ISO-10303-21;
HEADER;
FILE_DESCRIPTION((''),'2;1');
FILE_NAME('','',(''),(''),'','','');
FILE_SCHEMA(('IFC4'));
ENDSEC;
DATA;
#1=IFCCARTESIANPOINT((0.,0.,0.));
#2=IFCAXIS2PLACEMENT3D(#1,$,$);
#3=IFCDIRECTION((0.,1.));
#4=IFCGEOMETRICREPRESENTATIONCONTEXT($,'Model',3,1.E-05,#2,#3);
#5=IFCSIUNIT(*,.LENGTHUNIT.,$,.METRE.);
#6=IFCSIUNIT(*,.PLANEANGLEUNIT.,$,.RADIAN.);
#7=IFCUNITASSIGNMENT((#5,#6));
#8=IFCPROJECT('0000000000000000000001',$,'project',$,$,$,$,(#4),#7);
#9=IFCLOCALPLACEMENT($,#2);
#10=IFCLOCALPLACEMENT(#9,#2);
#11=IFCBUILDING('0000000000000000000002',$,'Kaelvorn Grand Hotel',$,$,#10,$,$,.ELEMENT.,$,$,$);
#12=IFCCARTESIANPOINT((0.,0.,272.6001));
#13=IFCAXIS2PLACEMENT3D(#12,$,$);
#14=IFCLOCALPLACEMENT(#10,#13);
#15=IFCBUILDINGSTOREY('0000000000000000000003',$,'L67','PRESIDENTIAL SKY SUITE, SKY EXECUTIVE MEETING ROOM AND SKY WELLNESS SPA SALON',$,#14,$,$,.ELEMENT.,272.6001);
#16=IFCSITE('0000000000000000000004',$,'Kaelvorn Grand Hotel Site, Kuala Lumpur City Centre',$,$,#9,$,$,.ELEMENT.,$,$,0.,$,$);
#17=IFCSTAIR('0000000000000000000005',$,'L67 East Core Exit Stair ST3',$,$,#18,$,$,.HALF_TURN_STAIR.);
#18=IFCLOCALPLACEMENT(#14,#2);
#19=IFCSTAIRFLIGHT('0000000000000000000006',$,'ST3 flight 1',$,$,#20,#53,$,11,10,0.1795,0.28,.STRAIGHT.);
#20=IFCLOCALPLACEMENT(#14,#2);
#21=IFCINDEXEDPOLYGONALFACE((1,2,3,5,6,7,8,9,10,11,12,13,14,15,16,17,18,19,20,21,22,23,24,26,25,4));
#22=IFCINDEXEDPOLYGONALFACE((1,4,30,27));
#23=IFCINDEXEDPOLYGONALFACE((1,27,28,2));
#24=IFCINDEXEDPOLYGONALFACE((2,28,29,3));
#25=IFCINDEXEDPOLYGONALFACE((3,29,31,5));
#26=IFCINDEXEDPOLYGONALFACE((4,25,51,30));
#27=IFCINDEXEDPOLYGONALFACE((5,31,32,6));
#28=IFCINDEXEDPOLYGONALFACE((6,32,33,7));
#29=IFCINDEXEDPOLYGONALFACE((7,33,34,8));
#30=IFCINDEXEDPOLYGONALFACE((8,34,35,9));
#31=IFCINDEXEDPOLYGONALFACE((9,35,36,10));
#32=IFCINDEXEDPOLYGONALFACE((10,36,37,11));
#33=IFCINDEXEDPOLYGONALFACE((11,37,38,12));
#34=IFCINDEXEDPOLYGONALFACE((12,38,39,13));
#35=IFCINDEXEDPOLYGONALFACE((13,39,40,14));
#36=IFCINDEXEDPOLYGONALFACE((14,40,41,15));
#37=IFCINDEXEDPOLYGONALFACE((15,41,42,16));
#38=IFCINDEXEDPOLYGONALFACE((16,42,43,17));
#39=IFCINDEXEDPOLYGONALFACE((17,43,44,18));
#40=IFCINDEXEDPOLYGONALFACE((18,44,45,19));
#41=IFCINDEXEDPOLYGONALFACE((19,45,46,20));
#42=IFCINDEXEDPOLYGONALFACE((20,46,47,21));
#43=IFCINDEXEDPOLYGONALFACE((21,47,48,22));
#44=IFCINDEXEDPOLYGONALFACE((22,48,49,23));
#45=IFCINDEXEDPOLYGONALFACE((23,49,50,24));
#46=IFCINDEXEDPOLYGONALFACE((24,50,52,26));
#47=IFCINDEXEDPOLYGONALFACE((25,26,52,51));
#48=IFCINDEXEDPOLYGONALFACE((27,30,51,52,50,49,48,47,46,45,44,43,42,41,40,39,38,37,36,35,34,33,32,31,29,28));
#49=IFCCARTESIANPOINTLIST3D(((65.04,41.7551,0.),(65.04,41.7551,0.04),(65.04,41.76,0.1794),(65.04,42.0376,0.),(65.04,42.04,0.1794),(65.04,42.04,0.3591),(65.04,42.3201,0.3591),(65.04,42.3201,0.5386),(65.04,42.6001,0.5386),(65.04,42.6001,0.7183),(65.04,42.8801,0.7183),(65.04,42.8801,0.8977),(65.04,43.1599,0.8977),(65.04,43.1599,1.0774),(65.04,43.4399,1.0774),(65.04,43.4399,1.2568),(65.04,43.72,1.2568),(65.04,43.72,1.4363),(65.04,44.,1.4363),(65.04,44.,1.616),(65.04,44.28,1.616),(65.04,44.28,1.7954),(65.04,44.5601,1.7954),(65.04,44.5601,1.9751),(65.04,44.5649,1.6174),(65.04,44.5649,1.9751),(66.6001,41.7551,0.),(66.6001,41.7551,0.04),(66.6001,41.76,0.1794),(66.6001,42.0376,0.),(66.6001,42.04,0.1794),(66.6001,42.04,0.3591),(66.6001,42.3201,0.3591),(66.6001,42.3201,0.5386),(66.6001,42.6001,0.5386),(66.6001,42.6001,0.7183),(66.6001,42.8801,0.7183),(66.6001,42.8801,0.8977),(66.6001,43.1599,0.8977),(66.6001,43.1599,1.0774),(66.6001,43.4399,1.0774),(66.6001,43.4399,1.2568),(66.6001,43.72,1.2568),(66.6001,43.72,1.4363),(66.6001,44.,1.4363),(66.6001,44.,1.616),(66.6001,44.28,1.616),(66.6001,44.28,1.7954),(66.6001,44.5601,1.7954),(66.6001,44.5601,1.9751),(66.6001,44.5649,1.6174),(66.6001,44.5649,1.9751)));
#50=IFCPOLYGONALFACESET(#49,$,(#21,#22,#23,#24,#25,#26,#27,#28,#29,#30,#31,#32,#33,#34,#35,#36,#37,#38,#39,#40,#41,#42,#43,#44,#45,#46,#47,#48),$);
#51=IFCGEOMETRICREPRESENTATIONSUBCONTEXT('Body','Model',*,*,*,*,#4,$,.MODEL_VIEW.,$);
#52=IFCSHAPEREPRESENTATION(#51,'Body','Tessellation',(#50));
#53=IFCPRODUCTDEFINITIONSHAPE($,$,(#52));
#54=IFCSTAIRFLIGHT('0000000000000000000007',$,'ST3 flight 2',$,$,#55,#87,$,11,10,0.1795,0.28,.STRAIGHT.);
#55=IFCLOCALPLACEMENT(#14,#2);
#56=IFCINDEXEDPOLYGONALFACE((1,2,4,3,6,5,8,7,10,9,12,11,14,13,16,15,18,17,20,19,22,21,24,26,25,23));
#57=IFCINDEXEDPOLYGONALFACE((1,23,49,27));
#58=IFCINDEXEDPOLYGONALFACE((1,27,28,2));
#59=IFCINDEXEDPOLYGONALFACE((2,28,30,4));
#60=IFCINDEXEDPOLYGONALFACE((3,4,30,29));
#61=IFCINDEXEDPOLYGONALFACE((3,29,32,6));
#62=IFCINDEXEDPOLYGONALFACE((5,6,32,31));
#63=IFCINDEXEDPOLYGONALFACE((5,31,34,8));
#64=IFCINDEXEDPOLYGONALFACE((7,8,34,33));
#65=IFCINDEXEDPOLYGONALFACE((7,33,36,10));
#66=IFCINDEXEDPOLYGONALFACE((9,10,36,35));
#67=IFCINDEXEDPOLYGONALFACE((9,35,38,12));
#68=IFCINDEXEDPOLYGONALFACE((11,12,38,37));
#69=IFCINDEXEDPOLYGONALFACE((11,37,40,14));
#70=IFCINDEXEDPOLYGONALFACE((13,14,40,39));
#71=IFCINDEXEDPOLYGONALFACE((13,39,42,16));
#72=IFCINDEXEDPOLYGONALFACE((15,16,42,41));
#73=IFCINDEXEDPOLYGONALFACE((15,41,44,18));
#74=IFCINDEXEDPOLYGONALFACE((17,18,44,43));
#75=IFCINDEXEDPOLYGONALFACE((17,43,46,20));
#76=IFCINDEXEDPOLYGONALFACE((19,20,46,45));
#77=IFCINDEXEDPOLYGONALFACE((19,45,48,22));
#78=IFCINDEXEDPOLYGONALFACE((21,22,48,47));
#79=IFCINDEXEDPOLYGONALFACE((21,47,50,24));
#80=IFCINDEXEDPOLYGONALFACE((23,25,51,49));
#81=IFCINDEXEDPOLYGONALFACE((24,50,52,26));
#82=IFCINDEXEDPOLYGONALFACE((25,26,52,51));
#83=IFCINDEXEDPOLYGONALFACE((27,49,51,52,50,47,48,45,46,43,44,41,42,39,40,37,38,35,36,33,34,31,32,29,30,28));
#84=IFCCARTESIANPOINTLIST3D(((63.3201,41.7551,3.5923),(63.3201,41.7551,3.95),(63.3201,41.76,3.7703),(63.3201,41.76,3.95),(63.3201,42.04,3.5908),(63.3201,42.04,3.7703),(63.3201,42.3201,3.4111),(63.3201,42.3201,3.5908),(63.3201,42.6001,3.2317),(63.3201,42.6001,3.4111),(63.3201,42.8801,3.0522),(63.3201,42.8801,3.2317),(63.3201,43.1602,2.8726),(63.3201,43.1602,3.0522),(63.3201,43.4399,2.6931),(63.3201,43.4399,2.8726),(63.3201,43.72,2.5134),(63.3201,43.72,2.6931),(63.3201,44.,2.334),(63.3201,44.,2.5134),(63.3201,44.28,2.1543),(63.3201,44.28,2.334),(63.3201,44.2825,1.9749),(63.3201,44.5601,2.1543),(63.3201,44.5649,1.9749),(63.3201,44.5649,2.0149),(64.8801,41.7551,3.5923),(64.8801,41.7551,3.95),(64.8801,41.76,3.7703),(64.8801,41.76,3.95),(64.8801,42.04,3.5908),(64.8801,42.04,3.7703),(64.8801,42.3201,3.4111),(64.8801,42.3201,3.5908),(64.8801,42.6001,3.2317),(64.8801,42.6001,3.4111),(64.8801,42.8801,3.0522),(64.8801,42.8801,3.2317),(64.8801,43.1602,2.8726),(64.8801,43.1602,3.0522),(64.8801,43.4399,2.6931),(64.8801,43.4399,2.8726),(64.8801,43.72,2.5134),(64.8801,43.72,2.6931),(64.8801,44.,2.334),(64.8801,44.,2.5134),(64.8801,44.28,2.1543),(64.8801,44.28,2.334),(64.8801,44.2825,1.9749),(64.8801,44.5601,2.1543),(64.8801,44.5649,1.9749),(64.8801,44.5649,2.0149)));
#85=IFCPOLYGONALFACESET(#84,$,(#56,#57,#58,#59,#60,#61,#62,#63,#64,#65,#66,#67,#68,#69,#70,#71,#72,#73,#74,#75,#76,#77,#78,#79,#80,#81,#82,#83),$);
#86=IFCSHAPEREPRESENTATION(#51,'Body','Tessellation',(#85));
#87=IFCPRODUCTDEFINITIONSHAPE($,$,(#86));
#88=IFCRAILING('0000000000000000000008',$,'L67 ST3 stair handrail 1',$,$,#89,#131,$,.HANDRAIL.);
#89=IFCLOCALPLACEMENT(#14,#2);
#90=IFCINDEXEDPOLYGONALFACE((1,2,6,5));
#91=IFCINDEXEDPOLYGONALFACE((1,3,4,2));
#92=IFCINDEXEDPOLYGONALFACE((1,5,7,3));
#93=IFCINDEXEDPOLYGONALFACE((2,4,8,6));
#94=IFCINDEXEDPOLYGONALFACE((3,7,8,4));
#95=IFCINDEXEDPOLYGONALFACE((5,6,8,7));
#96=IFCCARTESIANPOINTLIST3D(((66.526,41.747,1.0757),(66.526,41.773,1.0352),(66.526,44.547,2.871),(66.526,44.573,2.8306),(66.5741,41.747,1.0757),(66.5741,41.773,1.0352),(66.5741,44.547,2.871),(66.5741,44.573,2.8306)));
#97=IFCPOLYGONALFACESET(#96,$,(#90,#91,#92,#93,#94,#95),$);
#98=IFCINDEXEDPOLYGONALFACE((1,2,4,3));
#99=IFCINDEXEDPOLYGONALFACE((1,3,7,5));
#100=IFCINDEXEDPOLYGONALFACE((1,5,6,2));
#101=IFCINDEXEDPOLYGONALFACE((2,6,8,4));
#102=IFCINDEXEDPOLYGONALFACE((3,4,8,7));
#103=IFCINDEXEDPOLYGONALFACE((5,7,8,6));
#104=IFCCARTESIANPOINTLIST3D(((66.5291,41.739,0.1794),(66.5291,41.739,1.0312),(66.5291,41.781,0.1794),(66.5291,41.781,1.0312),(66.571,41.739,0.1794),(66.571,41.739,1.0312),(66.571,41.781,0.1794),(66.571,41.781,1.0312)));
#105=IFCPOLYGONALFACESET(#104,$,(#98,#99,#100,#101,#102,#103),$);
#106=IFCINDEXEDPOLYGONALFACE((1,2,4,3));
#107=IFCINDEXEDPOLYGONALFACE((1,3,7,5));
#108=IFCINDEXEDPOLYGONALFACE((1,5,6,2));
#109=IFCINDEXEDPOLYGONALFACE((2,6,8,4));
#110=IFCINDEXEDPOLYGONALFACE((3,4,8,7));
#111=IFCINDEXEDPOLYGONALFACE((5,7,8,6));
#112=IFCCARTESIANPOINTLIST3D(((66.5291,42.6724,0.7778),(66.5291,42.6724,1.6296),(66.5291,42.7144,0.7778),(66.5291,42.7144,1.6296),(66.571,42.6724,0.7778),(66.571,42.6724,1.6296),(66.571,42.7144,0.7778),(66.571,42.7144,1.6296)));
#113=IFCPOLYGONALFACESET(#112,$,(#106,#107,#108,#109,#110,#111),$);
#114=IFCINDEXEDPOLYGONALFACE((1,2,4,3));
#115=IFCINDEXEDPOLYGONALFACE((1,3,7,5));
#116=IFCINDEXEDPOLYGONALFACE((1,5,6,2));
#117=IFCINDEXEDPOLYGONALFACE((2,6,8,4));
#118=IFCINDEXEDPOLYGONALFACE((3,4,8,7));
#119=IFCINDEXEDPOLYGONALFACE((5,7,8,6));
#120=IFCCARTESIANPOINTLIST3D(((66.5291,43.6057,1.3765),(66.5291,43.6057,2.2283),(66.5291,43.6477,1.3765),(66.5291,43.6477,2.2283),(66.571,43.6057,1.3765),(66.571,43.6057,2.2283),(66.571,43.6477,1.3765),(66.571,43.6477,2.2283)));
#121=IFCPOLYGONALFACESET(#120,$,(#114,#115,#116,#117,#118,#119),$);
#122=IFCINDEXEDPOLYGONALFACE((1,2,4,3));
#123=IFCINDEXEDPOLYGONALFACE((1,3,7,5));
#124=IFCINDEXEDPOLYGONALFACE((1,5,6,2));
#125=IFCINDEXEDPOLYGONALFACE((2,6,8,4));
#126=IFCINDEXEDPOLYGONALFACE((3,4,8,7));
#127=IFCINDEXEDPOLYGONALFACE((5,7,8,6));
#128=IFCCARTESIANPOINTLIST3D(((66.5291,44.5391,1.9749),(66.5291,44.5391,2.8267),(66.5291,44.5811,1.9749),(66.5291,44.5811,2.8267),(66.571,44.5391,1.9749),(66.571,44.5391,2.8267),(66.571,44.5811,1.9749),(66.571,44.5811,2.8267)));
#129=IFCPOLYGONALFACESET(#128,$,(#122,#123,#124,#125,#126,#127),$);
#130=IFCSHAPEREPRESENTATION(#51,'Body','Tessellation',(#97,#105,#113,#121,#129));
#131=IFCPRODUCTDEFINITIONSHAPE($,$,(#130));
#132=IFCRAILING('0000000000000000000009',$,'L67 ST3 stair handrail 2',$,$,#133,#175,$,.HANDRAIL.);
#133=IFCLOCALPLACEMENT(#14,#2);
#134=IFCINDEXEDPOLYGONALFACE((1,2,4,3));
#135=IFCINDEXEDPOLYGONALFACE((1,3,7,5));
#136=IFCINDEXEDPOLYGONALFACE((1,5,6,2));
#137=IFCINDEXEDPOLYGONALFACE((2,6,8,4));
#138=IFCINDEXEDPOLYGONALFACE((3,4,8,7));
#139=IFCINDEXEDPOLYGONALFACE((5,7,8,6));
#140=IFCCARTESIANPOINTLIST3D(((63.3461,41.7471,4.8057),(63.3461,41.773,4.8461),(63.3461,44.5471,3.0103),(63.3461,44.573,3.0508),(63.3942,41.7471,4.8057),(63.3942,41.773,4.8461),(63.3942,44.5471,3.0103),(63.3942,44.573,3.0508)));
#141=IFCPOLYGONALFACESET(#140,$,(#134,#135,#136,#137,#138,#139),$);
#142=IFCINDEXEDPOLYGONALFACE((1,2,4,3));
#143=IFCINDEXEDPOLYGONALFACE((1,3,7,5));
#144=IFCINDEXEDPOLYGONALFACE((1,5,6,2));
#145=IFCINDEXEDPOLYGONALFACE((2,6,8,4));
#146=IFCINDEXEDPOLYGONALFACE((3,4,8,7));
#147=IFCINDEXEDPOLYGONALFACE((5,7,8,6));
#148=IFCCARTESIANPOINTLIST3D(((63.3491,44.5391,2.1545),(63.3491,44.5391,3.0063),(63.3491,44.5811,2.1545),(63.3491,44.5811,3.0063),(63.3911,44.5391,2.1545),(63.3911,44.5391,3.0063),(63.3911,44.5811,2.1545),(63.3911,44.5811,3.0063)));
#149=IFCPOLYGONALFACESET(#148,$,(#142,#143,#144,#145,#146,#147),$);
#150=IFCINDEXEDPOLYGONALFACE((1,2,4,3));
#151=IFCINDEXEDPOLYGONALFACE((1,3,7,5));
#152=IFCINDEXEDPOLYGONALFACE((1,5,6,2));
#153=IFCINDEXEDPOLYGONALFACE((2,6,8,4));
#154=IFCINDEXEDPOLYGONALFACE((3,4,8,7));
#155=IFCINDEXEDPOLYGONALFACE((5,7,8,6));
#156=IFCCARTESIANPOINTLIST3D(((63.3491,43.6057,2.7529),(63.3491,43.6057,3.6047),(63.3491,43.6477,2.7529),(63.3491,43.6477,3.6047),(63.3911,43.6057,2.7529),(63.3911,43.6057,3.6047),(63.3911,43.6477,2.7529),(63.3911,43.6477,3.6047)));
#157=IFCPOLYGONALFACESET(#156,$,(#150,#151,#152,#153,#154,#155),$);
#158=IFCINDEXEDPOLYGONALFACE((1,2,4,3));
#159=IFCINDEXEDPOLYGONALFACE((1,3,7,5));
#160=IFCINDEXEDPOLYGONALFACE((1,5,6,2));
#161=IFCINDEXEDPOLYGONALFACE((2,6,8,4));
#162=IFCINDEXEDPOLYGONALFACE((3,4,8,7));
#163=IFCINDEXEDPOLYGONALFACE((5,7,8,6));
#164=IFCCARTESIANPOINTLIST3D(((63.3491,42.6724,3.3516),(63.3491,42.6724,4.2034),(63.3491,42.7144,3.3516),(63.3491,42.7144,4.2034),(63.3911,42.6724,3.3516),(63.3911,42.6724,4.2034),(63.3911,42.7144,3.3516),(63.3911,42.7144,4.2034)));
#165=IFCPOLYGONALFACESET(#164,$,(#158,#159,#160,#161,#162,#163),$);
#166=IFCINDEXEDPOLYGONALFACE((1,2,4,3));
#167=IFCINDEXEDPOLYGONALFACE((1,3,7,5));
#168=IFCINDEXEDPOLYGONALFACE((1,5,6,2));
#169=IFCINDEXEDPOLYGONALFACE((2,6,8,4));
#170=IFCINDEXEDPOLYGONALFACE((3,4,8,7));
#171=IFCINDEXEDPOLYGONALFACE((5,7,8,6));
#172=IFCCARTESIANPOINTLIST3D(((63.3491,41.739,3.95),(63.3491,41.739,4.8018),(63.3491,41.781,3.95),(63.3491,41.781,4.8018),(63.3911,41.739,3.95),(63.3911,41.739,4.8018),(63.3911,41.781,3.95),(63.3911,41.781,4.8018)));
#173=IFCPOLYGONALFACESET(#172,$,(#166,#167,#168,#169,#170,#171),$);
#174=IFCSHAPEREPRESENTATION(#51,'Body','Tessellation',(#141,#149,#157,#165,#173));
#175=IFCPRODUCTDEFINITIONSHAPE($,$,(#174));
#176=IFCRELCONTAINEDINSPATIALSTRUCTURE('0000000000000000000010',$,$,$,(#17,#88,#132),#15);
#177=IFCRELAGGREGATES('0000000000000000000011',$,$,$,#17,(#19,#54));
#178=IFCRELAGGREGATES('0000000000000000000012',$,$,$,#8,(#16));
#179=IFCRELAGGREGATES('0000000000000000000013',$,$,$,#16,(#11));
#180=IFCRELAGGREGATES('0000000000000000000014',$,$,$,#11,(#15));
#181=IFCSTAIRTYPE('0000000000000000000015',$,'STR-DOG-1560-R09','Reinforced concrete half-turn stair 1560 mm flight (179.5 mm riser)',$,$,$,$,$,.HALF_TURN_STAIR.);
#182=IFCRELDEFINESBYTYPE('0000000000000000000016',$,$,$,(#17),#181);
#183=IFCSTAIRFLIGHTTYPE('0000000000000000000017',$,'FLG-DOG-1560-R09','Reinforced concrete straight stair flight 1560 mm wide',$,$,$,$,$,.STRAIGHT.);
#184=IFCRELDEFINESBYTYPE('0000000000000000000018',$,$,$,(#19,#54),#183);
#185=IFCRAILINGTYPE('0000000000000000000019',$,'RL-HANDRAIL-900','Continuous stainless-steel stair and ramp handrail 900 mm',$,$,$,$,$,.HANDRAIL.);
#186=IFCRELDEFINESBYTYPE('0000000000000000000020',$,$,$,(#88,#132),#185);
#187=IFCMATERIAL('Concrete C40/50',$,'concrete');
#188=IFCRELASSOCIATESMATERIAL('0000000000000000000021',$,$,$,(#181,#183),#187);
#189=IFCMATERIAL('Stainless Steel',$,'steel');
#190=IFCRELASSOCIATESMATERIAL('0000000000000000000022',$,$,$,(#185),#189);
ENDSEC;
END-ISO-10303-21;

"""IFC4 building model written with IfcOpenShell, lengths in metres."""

from ifc_helpers import new_model, si_unit, direction, frame, origin, origin_2d, place, context, subcontext, project, spatial, polyline, rectangle, outline, extrude, material, type_object, element, aggregate, save


model = new_model("IFC4")

# Units and contexts
model_context = context("Model", 3, precision=1e-05, world=origin(), true_north=direction((0.0, 1.0)))
body_context = subcontext(model_context, "Body", "Model", "MODEL_VIEW")
ifc_project = project(units=[si_unit("LENGTHUNIT", "METRE"), si_unit("PLANEANGLEUNIT", "RADIAN")], contexts=[model_context])

# Site, building, storey
site_placement = place(None, origin())
site = spatial("IfcSite", under=ifc_project, at=site_placement, Name="Kaelvorn Grand Hotel Site, Kuala Lumpur City Centre", CompositionType="ELEMENT", RefElevation=0.0)
building_placement = place(site_placement, origin())
building = spatial("IfcBuilding", under=site, at=building_placement, Name="Kaelvorn Grand Hotel", CompositionType="ELEMENT")
storey_placement = place(building_placement, frame((0.0, 0.0, 272.6001)))
storey = spatial("IfcBuildingStorey", under=building, at=storey_placement, Name="L67", Description="PRESIDENTIAL SKY SUITE, SKY EXECUTIVE MEETING ROOM AND SKY WELLNESS SPA SALON", CompositionType="ELEMENT", Elevation=272.6001)

# Shared definitions
ifc_material_1 = material(Name="Concrete C40/50", Category="concrete")

# Shared definitions
ifc_material_2 = material(Name="Stainless Steel", Category="steel")

# Stair, stair flights
stair_type = type_object("IfcStairType", Name="STR-DOG-1560-R09", Description="Reinforced concrete half-turn stair 1560 mm flight (179.5 mm riser)", PredefinedType="HALF_TURN_STAIR", material=ifc_material_1)
stair_placement = place(storey_placement, origin())
stair = element("IfcStair", 1, at=stair_placement, inside=storey, type_object=stair_type, Name="L67 East Core Exit Stair ST3", PredefinedType="HALF_TURN_STAIR")
stair_flight_type = type_object("IfcStairFlightType", Name="FLG-DOG-1560-R09", Description="Reinforced concrete straight stair flight 1560 mm wide", PredefinedType="STRAIGHT", material=ifc_material_1)
stair_flight_1_placement = place(storey_placement, frame((65.8201, 41.76, 0.0), z_axis=(0.0, 0.0, 1.0), x_axis=(0.0, 1.0, 0.0)))
stair_flight_1 = element("IfcStairFlight", 2, at=stair_flight_1_placement, type_object=stair_flight_type, Name="ST3 flight 1", NumberOfRisers=11, NumberOfTreads=10, PredefinedType="STRAIGHT", RiserHeight=0.1795, TreadLength=0.28, context=body_context, shape_type="SweptSolid", body=[
    extrude(outline(polyline([(-0.0049, 0.0), (-0.0049, 0.04), (0.0, 0.1794), (0.28, 0.1794), (0.28, 0.3591), (0.5601, 0.3591), (0.5601, 0.5386), (0.8401, 0.5386), (0.8401, 0.7183), (1.1201, 0.7183), (1.1201, 0.8977), (1.3999, 0.8977), (1.3999, 1.0774), (1.6799, 1.0774), (1.6799, 1.2568), (1.96, 1.2568), (1.96, 1.4363), (2.24, 1.4363), (2.24, 1.616), (2.52, 1.616), (2.52, 1.7954), (2.8, 1.7954), (2.8, 1.9751), (2.8049, 1.9751), (2.8049, 1.6174), (0.2776, 0.0), (-0.0049, 0.0)])), frame((0.0, 0.78, 0.0), z_axis=(0.0, -1.0, 0.0), x_axis=(1.0, 0.0, 0.0)), (0.0, 0.0, 1.0), 1.5601),
])
stair_flight_2_placement = place(storey_placement, frame((64.1001, 44.5601, 1.9749), z_axis=(0.0, 0.0, 1.0), x_axis=(0.0, -1.0, 0.0)))
stair_flight_2 = element("IfcStairFlight", 3, at=stair_flight_2_placement, type_object=stair_flight_type, Name="ST3 flight 2", NumberOfRisers=11, NumberOfTreads=10, PredefinedType="STRAIGHT", RiserHeight=0.1795, TreadLength=0.28, context=body_context, shape_type="SweptSolid", body=[
    extrude(outline(polyline([(-0.0049, 0.0), (-0.0049, 0.04), (0.0, 0.1794), (0.28, 0.1794), (0.28, 0.3591), (0.5601, 0.3591), (0.5601, 0.5386), (0.8401, 0.5386), (0.8401, 0.7183), (1.1201, 0.7183), (1.1201, 0.8977), (1.3999, 0.8977), (1.3999, 1.0774), (1.6799, 1.0774), (1.6799, 1.2568), (1.96, 1.2568), (1.96, 1.4363), (2.24, 1.4363), (2.24, 1.616), (2.52, 1.616), (2.52, 1.7954), (2.8, 1.7954), (2.8, 1.9751), (2.8049, 1.9751), (2.8049, 1.6174), (0.2776, 0.0), (-0.0049, 0.0)])), frame((0.0, 0.78, 0.0), z_axis=(0.0, -1.0, 0.0), x_axis=(1.0, 0.0, 0.0)), (0.0, 0.0, 1.0), 1.5601),
])
aggregate(stair, [stair_flight_1, stair_flight_2])

# Railings
railing_type_1 = type_object("IfcRailingType", Name="RL-HANDRAIL-900", Description="Continuous stainless-steel stair and ramp handrail 900 mm", PredefinedType="HANDRAIL", material=ifc_material_2)
railing_1_placement = place(storey_placement, frame((66.55, 41.76, 0.1794)))
element("IfcRailing", 4, at=railing_1_placement, inside=storey, type_object=railing_type_1, Name="L67 ST3 stair handrail 1", PredefinedType="HANDRAIL", context=body_context, shape_type="SweptSolid", body=[
    extrude(rectangle(XDim=0.0481, YDim=0.0481, at=origin_2d()), frame((0.0, 0.0, 0.876), z_axis=(0.0, 0.84181, 0.539774), x_axis=(-1.0, 0.0, 0.0)), (0.0, 0.0, 1.0), 3.3262),
    extrude(rectangle(XDim=0.042, YDim=0.042, at=origin_2d()), origin(), (0.0, 0.0, 1.0), 0.8518),
    extrude(rectangle(XDim=0.042, YDim=0.042, at=origin_2d()), frame((0.0, 0.9333, 0.5984)), (0.0, 0.0, 1.0), 0.8518),
    extrude(rectangle(XDim=0.042, YDim=0.042, at=origin_2d()), frame((0.0, 1.8667, 1.197)), (0.0, 0.0, 1.0), 0.8518),
    extrude(rectangle(XDim=0.042, YDim=0.042, at=origin_2d()), frame((0.0, 2.8, 1.7954)), (0.0, 0.0, 1.0), 0.8518),
])
railing_2_placement = place(storey_placement, frame((63.3701, 44.5601, 2.1545)))
element("IfcRailing", 5, at=railing_2_placement, inside=storey, type_object=railing_type_1, Name="L67 ST3 stair handrail 2", PredefinedType="HANDRAIL", context=body_context, shape_type="SweptSolid", body=[
    extrude(rectangle(XDim=0.0481, YDim=0.0481, at=origin_2d()), frame((0.0, 0.0, 0.876), z_axis=(0.0, -0.84181, 0.539774), x_axis=(1.0, 0.0, 0.0)), (0.0, 0.0, 1.0), 3.3262),
    extrude(rectangle(XDim=0.042, YDim=0.042, at=origin_2d()), origin(), (0.0, 0.0, 1.0), 0.8518),
    extrude(rectangle(XDim=0.042, YDim=0.042, at=origin_2d()), frame((0.0, -0.9333, 0.5984)), (0.0, 0.0, 1.0), 0.8518),
    extrude(rectangle(XDim=0.042, YDim=0.042, at=origin_2d()), frame((0.0, -1.8667, 1.197)), (0.0, 0.0, 1.0), 0.8518),
    extrude(rectangle(XDim=0.042, YDim=0.042, at=origin_2d()), frame((0.0, -2.8, 1.7954)), (0.0, 0.0, 1.0), 0.8518),
])

save(model, "model.ifc")
